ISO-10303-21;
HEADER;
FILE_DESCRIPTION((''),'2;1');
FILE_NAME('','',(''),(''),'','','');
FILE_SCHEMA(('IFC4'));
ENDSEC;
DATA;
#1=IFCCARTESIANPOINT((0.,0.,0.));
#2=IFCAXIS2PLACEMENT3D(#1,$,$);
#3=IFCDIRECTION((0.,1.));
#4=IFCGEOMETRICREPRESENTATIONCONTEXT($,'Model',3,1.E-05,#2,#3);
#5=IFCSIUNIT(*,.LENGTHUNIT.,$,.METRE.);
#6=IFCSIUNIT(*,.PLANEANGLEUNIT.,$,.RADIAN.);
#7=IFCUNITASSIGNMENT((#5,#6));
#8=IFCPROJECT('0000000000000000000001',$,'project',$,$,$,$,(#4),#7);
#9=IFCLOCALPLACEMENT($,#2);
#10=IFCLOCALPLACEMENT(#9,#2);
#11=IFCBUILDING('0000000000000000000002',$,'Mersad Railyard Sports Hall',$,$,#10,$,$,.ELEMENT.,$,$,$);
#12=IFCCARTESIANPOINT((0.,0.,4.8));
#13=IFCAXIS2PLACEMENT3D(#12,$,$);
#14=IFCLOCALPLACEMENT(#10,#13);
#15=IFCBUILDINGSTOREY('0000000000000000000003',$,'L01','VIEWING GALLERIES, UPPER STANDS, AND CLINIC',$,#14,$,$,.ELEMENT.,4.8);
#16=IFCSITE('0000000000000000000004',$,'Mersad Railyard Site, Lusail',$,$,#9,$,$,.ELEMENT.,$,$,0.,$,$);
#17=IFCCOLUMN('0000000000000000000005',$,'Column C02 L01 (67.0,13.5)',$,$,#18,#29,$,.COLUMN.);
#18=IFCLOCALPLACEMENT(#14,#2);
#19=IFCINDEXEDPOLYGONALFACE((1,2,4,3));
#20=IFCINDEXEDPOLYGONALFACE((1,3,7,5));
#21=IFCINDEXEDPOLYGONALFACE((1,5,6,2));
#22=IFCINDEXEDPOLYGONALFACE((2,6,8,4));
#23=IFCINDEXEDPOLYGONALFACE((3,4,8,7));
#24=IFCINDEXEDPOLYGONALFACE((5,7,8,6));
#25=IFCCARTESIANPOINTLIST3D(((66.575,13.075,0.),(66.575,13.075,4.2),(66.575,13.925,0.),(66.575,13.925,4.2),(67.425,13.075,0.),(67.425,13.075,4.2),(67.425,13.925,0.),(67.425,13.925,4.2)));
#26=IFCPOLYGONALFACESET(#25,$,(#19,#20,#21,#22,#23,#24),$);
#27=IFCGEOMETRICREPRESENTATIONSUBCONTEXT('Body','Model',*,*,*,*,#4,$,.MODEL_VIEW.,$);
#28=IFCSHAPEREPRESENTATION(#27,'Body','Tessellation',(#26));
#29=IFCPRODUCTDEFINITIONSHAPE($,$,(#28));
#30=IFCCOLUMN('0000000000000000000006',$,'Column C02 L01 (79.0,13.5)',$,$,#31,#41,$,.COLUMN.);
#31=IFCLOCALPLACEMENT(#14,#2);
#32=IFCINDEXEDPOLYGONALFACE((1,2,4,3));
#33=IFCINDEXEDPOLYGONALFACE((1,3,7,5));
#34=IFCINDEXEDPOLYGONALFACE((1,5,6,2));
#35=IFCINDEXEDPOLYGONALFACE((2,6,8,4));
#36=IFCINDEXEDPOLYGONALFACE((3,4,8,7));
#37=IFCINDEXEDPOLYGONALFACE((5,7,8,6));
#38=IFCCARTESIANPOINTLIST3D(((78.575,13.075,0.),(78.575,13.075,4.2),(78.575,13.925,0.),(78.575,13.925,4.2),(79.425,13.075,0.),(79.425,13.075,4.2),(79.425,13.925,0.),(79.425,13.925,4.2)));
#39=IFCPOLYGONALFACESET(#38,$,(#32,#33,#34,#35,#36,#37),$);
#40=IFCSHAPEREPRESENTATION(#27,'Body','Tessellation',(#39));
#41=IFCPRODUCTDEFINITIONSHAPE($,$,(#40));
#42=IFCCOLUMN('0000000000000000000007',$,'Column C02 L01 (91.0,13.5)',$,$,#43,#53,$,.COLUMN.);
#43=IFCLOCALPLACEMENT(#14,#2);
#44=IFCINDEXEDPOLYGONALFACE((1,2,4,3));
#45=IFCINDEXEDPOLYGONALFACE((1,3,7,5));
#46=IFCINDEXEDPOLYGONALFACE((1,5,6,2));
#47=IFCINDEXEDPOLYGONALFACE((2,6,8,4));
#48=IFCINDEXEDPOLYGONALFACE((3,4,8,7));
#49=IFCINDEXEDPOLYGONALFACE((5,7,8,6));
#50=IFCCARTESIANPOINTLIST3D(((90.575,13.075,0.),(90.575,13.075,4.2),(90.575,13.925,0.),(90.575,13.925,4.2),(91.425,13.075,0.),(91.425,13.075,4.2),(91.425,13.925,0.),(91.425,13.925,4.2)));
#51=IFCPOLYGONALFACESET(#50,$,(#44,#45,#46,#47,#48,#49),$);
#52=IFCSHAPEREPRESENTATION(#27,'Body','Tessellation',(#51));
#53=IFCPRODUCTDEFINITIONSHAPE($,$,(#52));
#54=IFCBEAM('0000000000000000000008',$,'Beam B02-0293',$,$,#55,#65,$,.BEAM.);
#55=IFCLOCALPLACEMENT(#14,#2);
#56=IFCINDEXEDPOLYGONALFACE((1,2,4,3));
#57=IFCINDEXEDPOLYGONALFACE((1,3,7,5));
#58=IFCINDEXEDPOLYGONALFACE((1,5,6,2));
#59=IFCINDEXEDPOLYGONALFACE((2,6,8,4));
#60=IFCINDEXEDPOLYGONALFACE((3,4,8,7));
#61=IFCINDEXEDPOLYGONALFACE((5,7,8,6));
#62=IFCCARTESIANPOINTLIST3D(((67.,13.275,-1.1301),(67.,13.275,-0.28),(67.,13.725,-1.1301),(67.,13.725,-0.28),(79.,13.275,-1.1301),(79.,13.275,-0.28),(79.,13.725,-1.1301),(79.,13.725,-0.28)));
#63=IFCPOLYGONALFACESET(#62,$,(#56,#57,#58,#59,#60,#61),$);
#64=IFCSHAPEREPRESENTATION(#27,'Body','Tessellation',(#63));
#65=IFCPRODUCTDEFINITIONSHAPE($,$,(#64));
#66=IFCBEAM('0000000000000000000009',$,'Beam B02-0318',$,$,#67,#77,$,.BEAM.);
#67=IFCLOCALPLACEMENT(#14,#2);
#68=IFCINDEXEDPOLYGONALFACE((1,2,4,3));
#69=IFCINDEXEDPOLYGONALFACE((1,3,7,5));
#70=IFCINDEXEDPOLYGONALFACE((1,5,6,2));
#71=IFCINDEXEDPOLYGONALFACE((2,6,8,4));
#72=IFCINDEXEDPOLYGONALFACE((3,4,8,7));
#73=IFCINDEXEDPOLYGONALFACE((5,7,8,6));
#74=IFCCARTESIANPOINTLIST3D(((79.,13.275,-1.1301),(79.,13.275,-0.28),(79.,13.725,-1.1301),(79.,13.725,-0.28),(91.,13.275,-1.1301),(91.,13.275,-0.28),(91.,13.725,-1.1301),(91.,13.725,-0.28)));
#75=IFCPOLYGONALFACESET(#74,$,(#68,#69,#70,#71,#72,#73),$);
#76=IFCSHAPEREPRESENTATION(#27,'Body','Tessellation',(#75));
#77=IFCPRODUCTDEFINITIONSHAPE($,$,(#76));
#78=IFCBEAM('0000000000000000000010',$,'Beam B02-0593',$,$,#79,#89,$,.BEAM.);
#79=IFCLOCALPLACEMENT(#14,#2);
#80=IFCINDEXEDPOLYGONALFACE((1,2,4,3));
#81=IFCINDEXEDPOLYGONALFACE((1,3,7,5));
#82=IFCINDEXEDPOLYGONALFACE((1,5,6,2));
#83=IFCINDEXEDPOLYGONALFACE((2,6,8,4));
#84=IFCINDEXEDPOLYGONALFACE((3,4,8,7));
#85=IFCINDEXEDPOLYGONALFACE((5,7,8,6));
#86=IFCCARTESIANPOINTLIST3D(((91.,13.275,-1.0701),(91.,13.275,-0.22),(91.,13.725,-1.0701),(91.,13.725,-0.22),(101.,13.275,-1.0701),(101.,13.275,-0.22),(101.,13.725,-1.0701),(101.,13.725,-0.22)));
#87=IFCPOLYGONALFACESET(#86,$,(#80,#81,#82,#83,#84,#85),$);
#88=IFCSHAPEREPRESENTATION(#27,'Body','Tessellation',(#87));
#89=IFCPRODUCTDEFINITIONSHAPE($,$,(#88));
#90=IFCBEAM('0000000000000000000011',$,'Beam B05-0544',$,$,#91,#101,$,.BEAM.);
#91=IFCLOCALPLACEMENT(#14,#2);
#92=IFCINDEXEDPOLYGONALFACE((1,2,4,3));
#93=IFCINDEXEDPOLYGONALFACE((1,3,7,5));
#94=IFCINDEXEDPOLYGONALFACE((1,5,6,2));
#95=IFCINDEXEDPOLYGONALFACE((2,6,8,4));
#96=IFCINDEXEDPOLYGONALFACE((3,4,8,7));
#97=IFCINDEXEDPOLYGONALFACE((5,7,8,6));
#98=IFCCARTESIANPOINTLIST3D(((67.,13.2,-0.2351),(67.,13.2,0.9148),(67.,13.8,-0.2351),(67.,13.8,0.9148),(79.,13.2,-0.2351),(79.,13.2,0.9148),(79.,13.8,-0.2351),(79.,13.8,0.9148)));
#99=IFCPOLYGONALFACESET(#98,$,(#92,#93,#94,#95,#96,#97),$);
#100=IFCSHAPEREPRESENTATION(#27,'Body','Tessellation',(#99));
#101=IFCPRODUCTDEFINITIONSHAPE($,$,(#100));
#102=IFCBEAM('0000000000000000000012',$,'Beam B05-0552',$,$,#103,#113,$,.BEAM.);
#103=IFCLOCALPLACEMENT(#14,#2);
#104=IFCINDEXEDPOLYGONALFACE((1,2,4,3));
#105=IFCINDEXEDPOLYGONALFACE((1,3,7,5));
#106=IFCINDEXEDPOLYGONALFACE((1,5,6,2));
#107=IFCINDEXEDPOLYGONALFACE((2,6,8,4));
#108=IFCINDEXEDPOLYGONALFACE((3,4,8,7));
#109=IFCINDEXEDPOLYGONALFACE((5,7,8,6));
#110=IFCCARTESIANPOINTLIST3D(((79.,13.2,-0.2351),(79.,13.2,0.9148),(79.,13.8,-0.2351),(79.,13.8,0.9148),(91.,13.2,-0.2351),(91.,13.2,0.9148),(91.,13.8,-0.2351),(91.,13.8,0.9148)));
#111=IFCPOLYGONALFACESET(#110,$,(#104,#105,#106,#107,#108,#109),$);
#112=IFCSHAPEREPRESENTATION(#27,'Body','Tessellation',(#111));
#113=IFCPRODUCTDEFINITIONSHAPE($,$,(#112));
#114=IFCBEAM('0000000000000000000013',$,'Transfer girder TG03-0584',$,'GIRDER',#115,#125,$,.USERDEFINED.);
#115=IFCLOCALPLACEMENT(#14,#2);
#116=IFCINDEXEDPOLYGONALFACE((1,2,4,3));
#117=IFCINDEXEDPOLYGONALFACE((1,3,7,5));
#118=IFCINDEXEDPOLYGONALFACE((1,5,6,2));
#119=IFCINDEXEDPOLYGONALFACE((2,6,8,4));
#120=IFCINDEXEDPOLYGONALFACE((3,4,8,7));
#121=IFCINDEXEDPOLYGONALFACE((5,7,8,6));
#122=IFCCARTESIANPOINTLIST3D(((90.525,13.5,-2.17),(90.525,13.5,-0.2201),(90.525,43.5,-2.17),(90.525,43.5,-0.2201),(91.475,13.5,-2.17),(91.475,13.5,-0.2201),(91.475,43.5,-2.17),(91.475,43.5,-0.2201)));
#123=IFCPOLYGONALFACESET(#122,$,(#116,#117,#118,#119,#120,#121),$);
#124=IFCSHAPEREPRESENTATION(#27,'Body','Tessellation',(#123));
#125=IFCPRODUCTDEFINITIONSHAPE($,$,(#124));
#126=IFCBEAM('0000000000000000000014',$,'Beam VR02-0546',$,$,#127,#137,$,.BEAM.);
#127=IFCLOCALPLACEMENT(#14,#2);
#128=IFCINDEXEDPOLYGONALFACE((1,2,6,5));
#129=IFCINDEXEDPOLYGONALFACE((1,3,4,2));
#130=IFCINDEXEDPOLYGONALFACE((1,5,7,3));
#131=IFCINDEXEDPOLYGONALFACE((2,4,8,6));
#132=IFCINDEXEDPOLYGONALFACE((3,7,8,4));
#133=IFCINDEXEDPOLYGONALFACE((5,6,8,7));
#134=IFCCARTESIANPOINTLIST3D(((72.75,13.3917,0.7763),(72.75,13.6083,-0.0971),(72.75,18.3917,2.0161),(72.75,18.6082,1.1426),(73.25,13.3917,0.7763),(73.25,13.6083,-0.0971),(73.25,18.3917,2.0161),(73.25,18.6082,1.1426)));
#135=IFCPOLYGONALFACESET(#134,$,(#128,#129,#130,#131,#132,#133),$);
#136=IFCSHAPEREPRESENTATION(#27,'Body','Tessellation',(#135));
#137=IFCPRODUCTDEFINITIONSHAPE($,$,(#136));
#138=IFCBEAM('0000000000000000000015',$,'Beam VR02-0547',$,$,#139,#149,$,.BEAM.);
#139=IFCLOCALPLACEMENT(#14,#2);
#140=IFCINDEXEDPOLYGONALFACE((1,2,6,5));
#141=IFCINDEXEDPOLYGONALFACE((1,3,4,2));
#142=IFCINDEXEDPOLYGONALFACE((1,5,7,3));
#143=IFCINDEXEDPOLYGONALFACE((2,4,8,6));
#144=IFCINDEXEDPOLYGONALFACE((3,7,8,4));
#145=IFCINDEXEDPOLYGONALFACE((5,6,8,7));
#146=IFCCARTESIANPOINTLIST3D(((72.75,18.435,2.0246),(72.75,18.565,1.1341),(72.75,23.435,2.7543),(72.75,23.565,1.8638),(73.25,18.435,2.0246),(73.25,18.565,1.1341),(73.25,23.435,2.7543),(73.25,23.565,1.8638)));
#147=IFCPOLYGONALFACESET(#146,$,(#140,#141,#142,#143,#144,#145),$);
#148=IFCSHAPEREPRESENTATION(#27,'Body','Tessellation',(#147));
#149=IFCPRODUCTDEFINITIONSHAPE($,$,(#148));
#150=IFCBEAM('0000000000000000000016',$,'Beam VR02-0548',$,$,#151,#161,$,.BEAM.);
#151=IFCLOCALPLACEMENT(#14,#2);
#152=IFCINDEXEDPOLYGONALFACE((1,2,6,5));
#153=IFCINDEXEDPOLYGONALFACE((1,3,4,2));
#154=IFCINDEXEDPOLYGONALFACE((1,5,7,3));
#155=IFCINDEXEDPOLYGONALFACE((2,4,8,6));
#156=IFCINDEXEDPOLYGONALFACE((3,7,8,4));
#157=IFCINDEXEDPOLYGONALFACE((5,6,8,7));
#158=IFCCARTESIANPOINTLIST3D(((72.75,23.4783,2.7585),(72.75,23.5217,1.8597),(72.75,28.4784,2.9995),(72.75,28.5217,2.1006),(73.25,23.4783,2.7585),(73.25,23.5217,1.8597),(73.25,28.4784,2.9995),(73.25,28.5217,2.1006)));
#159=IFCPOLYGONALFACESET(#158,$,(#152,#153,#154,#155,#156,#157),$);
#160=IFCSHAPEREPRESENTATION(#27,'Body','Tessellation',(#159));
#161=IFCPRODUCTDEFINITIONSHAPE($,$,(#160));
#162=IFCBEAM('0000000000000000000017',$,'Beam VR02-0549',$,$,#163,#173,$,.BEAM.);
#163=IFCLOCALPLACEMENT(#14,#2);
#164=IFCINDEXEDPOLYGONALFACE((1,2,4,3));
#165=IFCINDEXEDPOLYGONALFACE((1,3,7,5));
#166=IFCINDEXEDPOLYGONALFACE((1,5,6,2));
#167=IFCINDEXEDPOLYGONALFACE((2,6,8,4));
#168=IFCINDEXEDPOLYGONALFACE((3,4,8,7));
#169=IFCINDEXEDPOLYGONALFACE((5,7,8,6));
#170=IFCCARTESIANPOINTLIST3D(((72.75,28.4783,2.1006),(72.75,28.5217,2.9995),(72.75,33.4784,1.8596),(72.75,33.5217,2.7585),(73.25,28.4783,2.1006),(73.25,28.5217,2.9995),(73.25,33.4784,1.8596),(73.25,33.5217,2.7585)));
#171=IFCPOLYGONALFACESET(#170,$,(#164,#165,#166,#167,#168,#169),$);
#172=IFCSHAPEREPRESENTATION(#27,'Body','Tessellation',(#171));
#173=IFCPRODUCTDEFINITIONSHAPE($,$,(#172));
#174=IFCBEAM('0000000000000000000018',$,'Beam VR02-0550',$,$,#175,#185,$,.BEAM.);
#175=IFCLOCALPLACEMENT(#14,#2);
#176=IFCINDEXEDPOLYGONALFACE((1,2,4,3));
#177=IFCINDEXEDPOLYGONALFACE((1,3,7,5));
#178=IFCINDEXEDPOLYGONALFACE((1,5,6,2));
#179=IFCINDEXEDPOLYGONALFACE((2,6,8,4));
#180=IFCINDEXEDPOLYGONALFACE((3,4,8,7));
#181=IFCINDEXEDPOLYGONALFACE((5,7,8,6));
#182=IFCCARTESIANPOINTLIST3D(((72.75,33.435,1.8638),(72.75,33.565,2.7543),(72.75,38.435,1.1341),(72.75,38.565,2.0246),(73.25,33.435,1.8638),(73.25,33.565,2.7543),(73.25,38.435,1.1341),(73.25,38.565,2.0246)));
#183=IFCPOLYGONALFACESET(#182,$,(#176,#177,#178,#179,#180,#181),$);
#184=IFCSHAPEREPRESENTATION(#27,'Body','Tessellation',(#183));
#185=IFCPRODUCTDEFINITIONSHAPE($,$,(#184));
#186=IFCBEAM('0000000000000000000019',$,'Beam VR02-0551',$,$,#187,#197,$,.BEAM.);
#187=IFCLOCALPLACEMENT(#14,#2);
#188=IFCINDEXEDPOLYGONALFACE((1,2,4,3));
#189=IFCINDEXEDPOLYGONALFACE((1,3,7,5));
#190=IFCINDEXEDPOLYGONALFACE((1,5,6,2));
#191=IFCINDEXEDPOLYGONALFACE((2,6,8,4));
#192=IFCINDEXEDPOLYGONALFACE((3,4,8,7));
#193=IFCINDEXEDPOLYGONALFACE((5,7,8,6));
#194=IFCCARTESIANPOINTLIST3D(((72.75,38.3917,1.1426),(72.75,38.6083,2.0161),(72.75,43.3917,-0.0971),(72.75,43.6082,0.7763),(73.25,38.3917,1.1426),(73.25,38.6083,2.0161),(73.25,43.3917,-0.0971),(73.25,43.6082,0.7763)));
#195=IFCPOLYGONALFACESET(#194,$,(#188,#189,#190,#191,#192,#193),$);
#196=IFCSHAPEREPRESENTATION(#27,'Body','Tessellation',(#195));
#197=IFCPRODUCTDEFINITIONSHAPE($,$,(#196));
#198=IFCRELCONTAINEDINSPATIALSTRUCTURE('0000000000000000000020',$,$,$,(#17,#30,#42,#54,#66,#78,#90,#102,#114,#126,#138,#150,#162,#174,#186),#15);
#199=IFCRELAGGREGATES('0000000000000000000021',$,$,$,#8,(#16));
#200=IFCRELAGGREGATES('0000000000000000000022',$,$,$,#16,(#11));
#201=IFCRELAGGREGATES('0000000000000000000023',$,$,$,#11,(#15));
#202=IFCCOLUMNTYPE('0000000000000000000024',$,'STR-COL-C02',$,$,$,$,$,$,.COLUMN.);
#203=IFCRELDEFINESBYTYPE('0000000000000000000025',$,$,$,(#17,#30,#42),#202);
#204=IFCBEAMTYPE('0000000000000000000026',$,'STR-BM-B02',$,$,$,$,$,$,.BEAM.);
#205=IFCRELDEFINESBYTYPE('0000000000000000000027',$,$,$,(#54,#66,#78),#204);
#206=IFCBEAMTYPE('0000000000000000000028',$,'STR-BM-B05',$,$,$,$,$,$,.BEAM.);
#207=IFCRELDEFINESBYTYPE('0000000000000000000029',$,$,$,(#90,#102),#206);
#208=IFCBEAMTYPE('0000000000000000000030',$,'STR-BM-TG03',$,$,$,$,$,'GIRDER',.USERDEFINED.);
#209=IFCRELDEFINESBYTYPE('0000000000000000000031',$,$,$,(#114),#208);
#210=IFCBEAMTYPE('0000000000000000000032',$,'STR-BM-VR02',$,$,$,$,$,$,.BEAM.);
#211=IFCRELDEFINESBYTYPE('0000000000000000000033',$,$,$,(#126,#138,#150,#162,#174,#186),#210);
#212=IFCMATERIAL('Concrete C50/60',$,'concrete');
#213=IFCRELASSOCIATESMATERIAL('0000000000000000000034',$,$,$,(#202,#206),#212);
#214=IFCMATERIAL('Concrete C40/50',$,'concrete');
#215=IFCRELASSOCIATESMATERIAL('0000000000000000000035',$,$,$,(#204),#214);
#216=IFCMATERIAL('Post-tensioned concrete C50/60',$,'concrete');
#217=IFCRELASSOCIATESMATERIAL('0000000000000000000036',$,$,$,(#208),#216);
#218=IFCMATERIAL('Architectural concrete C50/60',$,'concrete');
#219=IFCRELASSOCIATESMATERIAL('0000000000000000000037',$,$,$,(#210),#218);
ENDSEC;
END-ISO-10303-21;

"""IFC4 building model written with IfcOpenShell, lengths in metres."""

from ifc_helpers import new_model, si_unit, direction, frame, origin, origin_2d, place, context, subcontext, project, spatial, rectangle, extrude, material, material_profile, profile_set, type_object, element, save


model = new_model("IFC4")

# Units and contexts
model_context = context("Model", 3, precision=1e-05, world=origin(), true_north=direction((0.0, 1.0)))
body_context = subcontext(model_context, "Body", "Model", "MODEL_VIEW")
ifc_project = project(units=[si_unit("LENGTHUNIT", "METRE"), si_unit("PLANEANGLEUNIT", "RADIAN")], contexts=[model_context])

# Site, building, storey
site_placement = place(None, origin())
site = spatial("IfcSite", under=ifc_project, at=site_placement, Name="Mersad Railyard Site, Lusail", CompositionType="ELEMENT", RefElevation=0.0)
building_placement = place(site_placement, origin())
building = spatial("IfcBuilding", under=site, at=building_placement, Name="Mersad Railyard Sports Hall", CompositionType="ELEMENT")
storey_placement = place(building_placement, frame((0.0, 0.0, 4.8)))
storey = spatial("IfcBuildingStorey", under=building, at=storey_placement, Name="L01", Description="VIEWING GALLERIES, UPPER STANDS, AND CLINIC", CompositionType="ELEMENT", Elevation=4.8)

# Columns
ifc_material_1 = material(Name="Concrete C50/60", Category="concrete")
ifc_material_profile_1 = material_profile(ifc_material_1, rectangle(XDim=0.8501, YDim=0.8501, at=origin_2d()), Name="RC 850x850")
ifc_profile_set_1 = profile_set([ifc_material_profile_1], Name="Concrete C50/60")
column_type = type_object("IfcColumnType", Name="STR-COL-C02", PredefinedType="COLUMN", material=ifc_profile_set_1)
for number, where, z_axis, x_axis, name in (
    (1, (67.0, 13.5, 0.0), (0.0, 0.0, 1.0), (1.0, 0.0, 0.0), "Column C02 L01 (67.0,13.5)"),
    (2, (79.0, 13.5, 0.0), (0.0, 0.0, 1.0), (1.0, 0.0, 0.0), "Column C02 L01 (79.0,13.5)"),
    (3, (91.0, 13.5, 0.0), (0.0, 0.0, 1.0), (1.0, 0.0, 0.0), "Column C02 L01 (91.0,13.5)"),
):
    element("IfcColumn", number, at=place(storey_placement, frame(where, z_axis=z_axis, x_axis=x_axis)), inside=storey, type_object=column_type, Name=name, PredefinedType="COLUMN", context=body_context, shape_type="SweptSolid", body=[
        extrude(rectangle(XDim=0.8501, YDim=0.8501, at=origin_2d()), origin(), (0.0, 0.0, 1.0), 4.2),
    ])

# Beams
ifc_material_2 = material(Name="Concrete C40/50", Category="concrete")
ifc_material_profile_2 = material_profile(ifc_material_2, rectangle(XDim=0.45, YDim=0.8501, at=origin_2d()), Name="RC 450x850")
ifc_profile_set_2 = profile_set([ifc_material_profile_2], Name="Concrete C40/50")
beam_type_1 = type_object("IfcBeamType", Name="STR-BM-B02", PredefinedType="BEAM", material=ifc_profile_set_2)
for number, where, z_axis, x_axis, name in (
    (4, (67.0, 13.5, -0.7051), (1.0, 0.0, 0.0), (0.0, 1.0, 0.0), "Beam B02-0293"),
    (5, (79.0, 13.5, -0.7051), (1.0, 0.0, 0.0), (0.0, 1.0, 0.0), "Beam B02-0318"),
):
    element("IfcBeam", number, at=place(storey_placement, frame(where, z_axis=z_axis, x_axis=x_axis)), inside=storey, type_object=beam_type_1, Name=name, PredefinedType="BEAM", context=body_context, shape_type="SweptSolid", body=[
        extrude(rectangle(XDim=0.45, YDim=0.8501, at=origin_2d()), origin(), (0.0, 0.0, 1.0), 12.0),
    ])
beam_1_placement = place(storey_placement, frame((91.0, 13.5, -0.645), z_axis=(1.0, 0.0, 0.0), x_axis=(0.0, 1.0, 0.0)))
element("IfcBeam", 6, at=beam_1_placement, inside=storey, type_object=beam_type_1, Name="Beam B02-0593", PredefinedType="BEAM", context=body_context, shape_type="SweptSolid", body=[
    extrude(rectangle(XDim=0.45, YDim=0.8501, at=origin_2d()), origin(), (0.0, 0.0, 1.0), 10.0),
])
ifc_material_profile_3 = material_profile(ifc_material_1, rectangle(XDim=0.6001, YDim=1.1499, at=origin_2d()), Name="RC 600x1150")
ifc_profile_set_3 = profile_set([ifc_material_profile_3], Name="Concrete C50/60")
beam_type_2 = type_object("IfcBeamType", Name="STR-BM-B05", PredefinedType="BEAM", material=ifc_profile_set_3)
for number, where, z_axis, x_axis, name in (
    (7, (67.0, 13.5, 0.3398), (1.0, 0.0, 0.0), (0.0, 1.0, 0.0), "Beam B05-0544"),
    (8, (79.0, 13.5, 0.3398), (1.0, 0.0, 0.0), (0.0, 1.0, 0.0), "Beam B05-0552"),
):
    element("IfcBeam", number, at=place(storey_placement, frame(where, z_axis=z_axis, x_axis=x_axis)), inside=storey, type_object=beam_type_2, Name=name, PredefinedType="BEAM", context=body_context, shape_type="SweptSolid", body=[
        extrude(rectangle(XDim=0.6001, YDim=1.1499, at=origin_2d()), origin(), (0.0, 0.0, 1.0), 12.0),
    ])
ifc_material_3 = material(Name="Post-tensioned concrete C50/60", Category="concrete")
ifc_material_profile_4 = material_profile(ifc_material_3, rectangle(XDim=0.95, YDim=1.95, at=origin_2d()), Name="PT 950x1950")
ifc_profile_set_4 = profile_set([ifc_material_profile_4], Name="Post-tensioned concrete C50/60")
beam_type_3 = type_object("IfcBeamType", Name="STR-BM-TG03", ElementType="GIRDER", PredefinedType="USERDEFINED", material=ifc_profile_set_4)
beam_2_placement = place(storey_placement, frame((91.0, 13.5, -1.1951), z_axis=(0.0, 1.0, 0.0), x_axis=(-1.0, 0.0, 0.0)))
element("IfcBeam", 9, at=beam_2_placement, inside=storey, type_object=beam_type_3, Name="Transfer girder TG03-0584", ObjectType="GIRDER", PredefinedType="USERDEFINED", context=body_context, shape_type="SweptSolid", body=[
    extrude(rectangle(XDim=0.95, YDim=1.95, at=origin_2d()), origin(), (0.0, 0.0, 1.0), 30.0),
])
ifc_material_4 = material(Name="Architectural concrete C50/60", Category="concrete")
ifc_material_profile_5 = material_profile(ifc_material_4, rectangle(XDim=0.5, YDim=0.8999, at=origin_2d()), Name="VR 500x900")
ifc_profile_set_5 = profile_set([ifc_material_profile_5], Name="Architectural concrete C50/60")
beam_type_4 = type_object("IfcBeamType", Name="STR-BM-VR02", PredefinedType="BEAM", material=ifc_profile_set_5)
beam_3_placement = place(storey_placement, frame((73.0, 13.5, 0.3396), z_axis=(0.0, 0.970609, 0.240662), x_axis=(-1.0, 0.0, 0.0)))
element("IfcBeam", 10, at=beam_3_placement, inside=storey, type_object=beam_type_4, Name="Beam VR02-0546", PredefinedType="BEAM", context=body_context, shape_type="SweptSolid", body=[
    extrude(rectangle(XDim=0.5, YDim=0.8999, at=origin_2d()), origin(), (0.0, 0.0, 1.0), 5.1514),
])
beam_4_placement = place(storey_placement, frame((73.0, 18.5, 1.5793), z_axis=(0.0, 0.989517, 0.144417), x_axis=(-1.0, 0.0, 0.0)))
element("IfcBeam", 11, at=beam_4_placement, inside=storey, type_object=beam_type_4, Name="Beam VR02-0547", PredefinedType="BEAM", context=body_context, shape_type="SweptSolid", body=[
    extrude(rectangle(XDim=0.5, YDim=0.8999, at=origin_2d()), origin(), (0.0, 0.0, 1.0), 5.053),
])
for number, where, z_axis, x_axis, name in (
    (12, (73.0, 23.5, 2.3091), (0.0, 0.998841, 0.048137), (-1.0, 0.0, 0.0), "Beam VR02-0548"),
    (13, (73.0, 28.5, 2.55), (0.0, 0.998841, -0.048137), (-1.0, 0.0, 0.0), "Beam VR02-0549"),
):
    element("IfcBeam", number, at=place(storey_placement, frame(where, z_axis=z_axis, x_axis=x_axis)), inside=storey, type_object=beam_type_4, Name=name, PredefinedType="BEAM", context=body_context, shape_type="SweptSolid", body=[
        extrude(rectangle(XDim=0.5, YDim=0.8999, at=origin_2d()), origin(), (0.0, 0.0, 1.0), 5.0059),
    ])
beam_5_placement = place(storey_placement, frame((73.0, 33.5, 2.3091), z_axis=(0.0, 0.989517, -0.144417), x_axis=(-1.0, 0.0, 0.0)))
element("IfcBeam", 14, at=beam_5_placement, inside=storey, type_object=beam_type_4, Name="Beam VR02-0550", PredefinedType="BEAM", context=body_context, shape_type="SweptSolid", body=[
    extrude(rectangle(XDim=0.5, YDim=0.8999, at=origin_2d()), origin(), (0.0, 0.0, 1.0), 5.053),
])
for number, where, z_axis, x_axis, name in (
    (15, (73.0, 38.5, 1.5793), (0.0, 0.970609, -0.240662), (-1.0, 0.0, 0.0), "Beam VR02-0551"),
):
    element("IfcBeam", number, at=place(storey_placement, frame(where, z_axis=z_axis, x_axis=x_axis)), inside=storey, type_object=beam_type_4, Name=name, PredefinedType="BEAM", context=body_context, shape_type="SweptSolid", body=[
        extrude(rectangle(XDim=0.5, YDim=0.8999, at=origin_2d()), origin(), (0.0, 0.0, 1.0), 5.1514),
    ])

save(model, "model.ifc")
